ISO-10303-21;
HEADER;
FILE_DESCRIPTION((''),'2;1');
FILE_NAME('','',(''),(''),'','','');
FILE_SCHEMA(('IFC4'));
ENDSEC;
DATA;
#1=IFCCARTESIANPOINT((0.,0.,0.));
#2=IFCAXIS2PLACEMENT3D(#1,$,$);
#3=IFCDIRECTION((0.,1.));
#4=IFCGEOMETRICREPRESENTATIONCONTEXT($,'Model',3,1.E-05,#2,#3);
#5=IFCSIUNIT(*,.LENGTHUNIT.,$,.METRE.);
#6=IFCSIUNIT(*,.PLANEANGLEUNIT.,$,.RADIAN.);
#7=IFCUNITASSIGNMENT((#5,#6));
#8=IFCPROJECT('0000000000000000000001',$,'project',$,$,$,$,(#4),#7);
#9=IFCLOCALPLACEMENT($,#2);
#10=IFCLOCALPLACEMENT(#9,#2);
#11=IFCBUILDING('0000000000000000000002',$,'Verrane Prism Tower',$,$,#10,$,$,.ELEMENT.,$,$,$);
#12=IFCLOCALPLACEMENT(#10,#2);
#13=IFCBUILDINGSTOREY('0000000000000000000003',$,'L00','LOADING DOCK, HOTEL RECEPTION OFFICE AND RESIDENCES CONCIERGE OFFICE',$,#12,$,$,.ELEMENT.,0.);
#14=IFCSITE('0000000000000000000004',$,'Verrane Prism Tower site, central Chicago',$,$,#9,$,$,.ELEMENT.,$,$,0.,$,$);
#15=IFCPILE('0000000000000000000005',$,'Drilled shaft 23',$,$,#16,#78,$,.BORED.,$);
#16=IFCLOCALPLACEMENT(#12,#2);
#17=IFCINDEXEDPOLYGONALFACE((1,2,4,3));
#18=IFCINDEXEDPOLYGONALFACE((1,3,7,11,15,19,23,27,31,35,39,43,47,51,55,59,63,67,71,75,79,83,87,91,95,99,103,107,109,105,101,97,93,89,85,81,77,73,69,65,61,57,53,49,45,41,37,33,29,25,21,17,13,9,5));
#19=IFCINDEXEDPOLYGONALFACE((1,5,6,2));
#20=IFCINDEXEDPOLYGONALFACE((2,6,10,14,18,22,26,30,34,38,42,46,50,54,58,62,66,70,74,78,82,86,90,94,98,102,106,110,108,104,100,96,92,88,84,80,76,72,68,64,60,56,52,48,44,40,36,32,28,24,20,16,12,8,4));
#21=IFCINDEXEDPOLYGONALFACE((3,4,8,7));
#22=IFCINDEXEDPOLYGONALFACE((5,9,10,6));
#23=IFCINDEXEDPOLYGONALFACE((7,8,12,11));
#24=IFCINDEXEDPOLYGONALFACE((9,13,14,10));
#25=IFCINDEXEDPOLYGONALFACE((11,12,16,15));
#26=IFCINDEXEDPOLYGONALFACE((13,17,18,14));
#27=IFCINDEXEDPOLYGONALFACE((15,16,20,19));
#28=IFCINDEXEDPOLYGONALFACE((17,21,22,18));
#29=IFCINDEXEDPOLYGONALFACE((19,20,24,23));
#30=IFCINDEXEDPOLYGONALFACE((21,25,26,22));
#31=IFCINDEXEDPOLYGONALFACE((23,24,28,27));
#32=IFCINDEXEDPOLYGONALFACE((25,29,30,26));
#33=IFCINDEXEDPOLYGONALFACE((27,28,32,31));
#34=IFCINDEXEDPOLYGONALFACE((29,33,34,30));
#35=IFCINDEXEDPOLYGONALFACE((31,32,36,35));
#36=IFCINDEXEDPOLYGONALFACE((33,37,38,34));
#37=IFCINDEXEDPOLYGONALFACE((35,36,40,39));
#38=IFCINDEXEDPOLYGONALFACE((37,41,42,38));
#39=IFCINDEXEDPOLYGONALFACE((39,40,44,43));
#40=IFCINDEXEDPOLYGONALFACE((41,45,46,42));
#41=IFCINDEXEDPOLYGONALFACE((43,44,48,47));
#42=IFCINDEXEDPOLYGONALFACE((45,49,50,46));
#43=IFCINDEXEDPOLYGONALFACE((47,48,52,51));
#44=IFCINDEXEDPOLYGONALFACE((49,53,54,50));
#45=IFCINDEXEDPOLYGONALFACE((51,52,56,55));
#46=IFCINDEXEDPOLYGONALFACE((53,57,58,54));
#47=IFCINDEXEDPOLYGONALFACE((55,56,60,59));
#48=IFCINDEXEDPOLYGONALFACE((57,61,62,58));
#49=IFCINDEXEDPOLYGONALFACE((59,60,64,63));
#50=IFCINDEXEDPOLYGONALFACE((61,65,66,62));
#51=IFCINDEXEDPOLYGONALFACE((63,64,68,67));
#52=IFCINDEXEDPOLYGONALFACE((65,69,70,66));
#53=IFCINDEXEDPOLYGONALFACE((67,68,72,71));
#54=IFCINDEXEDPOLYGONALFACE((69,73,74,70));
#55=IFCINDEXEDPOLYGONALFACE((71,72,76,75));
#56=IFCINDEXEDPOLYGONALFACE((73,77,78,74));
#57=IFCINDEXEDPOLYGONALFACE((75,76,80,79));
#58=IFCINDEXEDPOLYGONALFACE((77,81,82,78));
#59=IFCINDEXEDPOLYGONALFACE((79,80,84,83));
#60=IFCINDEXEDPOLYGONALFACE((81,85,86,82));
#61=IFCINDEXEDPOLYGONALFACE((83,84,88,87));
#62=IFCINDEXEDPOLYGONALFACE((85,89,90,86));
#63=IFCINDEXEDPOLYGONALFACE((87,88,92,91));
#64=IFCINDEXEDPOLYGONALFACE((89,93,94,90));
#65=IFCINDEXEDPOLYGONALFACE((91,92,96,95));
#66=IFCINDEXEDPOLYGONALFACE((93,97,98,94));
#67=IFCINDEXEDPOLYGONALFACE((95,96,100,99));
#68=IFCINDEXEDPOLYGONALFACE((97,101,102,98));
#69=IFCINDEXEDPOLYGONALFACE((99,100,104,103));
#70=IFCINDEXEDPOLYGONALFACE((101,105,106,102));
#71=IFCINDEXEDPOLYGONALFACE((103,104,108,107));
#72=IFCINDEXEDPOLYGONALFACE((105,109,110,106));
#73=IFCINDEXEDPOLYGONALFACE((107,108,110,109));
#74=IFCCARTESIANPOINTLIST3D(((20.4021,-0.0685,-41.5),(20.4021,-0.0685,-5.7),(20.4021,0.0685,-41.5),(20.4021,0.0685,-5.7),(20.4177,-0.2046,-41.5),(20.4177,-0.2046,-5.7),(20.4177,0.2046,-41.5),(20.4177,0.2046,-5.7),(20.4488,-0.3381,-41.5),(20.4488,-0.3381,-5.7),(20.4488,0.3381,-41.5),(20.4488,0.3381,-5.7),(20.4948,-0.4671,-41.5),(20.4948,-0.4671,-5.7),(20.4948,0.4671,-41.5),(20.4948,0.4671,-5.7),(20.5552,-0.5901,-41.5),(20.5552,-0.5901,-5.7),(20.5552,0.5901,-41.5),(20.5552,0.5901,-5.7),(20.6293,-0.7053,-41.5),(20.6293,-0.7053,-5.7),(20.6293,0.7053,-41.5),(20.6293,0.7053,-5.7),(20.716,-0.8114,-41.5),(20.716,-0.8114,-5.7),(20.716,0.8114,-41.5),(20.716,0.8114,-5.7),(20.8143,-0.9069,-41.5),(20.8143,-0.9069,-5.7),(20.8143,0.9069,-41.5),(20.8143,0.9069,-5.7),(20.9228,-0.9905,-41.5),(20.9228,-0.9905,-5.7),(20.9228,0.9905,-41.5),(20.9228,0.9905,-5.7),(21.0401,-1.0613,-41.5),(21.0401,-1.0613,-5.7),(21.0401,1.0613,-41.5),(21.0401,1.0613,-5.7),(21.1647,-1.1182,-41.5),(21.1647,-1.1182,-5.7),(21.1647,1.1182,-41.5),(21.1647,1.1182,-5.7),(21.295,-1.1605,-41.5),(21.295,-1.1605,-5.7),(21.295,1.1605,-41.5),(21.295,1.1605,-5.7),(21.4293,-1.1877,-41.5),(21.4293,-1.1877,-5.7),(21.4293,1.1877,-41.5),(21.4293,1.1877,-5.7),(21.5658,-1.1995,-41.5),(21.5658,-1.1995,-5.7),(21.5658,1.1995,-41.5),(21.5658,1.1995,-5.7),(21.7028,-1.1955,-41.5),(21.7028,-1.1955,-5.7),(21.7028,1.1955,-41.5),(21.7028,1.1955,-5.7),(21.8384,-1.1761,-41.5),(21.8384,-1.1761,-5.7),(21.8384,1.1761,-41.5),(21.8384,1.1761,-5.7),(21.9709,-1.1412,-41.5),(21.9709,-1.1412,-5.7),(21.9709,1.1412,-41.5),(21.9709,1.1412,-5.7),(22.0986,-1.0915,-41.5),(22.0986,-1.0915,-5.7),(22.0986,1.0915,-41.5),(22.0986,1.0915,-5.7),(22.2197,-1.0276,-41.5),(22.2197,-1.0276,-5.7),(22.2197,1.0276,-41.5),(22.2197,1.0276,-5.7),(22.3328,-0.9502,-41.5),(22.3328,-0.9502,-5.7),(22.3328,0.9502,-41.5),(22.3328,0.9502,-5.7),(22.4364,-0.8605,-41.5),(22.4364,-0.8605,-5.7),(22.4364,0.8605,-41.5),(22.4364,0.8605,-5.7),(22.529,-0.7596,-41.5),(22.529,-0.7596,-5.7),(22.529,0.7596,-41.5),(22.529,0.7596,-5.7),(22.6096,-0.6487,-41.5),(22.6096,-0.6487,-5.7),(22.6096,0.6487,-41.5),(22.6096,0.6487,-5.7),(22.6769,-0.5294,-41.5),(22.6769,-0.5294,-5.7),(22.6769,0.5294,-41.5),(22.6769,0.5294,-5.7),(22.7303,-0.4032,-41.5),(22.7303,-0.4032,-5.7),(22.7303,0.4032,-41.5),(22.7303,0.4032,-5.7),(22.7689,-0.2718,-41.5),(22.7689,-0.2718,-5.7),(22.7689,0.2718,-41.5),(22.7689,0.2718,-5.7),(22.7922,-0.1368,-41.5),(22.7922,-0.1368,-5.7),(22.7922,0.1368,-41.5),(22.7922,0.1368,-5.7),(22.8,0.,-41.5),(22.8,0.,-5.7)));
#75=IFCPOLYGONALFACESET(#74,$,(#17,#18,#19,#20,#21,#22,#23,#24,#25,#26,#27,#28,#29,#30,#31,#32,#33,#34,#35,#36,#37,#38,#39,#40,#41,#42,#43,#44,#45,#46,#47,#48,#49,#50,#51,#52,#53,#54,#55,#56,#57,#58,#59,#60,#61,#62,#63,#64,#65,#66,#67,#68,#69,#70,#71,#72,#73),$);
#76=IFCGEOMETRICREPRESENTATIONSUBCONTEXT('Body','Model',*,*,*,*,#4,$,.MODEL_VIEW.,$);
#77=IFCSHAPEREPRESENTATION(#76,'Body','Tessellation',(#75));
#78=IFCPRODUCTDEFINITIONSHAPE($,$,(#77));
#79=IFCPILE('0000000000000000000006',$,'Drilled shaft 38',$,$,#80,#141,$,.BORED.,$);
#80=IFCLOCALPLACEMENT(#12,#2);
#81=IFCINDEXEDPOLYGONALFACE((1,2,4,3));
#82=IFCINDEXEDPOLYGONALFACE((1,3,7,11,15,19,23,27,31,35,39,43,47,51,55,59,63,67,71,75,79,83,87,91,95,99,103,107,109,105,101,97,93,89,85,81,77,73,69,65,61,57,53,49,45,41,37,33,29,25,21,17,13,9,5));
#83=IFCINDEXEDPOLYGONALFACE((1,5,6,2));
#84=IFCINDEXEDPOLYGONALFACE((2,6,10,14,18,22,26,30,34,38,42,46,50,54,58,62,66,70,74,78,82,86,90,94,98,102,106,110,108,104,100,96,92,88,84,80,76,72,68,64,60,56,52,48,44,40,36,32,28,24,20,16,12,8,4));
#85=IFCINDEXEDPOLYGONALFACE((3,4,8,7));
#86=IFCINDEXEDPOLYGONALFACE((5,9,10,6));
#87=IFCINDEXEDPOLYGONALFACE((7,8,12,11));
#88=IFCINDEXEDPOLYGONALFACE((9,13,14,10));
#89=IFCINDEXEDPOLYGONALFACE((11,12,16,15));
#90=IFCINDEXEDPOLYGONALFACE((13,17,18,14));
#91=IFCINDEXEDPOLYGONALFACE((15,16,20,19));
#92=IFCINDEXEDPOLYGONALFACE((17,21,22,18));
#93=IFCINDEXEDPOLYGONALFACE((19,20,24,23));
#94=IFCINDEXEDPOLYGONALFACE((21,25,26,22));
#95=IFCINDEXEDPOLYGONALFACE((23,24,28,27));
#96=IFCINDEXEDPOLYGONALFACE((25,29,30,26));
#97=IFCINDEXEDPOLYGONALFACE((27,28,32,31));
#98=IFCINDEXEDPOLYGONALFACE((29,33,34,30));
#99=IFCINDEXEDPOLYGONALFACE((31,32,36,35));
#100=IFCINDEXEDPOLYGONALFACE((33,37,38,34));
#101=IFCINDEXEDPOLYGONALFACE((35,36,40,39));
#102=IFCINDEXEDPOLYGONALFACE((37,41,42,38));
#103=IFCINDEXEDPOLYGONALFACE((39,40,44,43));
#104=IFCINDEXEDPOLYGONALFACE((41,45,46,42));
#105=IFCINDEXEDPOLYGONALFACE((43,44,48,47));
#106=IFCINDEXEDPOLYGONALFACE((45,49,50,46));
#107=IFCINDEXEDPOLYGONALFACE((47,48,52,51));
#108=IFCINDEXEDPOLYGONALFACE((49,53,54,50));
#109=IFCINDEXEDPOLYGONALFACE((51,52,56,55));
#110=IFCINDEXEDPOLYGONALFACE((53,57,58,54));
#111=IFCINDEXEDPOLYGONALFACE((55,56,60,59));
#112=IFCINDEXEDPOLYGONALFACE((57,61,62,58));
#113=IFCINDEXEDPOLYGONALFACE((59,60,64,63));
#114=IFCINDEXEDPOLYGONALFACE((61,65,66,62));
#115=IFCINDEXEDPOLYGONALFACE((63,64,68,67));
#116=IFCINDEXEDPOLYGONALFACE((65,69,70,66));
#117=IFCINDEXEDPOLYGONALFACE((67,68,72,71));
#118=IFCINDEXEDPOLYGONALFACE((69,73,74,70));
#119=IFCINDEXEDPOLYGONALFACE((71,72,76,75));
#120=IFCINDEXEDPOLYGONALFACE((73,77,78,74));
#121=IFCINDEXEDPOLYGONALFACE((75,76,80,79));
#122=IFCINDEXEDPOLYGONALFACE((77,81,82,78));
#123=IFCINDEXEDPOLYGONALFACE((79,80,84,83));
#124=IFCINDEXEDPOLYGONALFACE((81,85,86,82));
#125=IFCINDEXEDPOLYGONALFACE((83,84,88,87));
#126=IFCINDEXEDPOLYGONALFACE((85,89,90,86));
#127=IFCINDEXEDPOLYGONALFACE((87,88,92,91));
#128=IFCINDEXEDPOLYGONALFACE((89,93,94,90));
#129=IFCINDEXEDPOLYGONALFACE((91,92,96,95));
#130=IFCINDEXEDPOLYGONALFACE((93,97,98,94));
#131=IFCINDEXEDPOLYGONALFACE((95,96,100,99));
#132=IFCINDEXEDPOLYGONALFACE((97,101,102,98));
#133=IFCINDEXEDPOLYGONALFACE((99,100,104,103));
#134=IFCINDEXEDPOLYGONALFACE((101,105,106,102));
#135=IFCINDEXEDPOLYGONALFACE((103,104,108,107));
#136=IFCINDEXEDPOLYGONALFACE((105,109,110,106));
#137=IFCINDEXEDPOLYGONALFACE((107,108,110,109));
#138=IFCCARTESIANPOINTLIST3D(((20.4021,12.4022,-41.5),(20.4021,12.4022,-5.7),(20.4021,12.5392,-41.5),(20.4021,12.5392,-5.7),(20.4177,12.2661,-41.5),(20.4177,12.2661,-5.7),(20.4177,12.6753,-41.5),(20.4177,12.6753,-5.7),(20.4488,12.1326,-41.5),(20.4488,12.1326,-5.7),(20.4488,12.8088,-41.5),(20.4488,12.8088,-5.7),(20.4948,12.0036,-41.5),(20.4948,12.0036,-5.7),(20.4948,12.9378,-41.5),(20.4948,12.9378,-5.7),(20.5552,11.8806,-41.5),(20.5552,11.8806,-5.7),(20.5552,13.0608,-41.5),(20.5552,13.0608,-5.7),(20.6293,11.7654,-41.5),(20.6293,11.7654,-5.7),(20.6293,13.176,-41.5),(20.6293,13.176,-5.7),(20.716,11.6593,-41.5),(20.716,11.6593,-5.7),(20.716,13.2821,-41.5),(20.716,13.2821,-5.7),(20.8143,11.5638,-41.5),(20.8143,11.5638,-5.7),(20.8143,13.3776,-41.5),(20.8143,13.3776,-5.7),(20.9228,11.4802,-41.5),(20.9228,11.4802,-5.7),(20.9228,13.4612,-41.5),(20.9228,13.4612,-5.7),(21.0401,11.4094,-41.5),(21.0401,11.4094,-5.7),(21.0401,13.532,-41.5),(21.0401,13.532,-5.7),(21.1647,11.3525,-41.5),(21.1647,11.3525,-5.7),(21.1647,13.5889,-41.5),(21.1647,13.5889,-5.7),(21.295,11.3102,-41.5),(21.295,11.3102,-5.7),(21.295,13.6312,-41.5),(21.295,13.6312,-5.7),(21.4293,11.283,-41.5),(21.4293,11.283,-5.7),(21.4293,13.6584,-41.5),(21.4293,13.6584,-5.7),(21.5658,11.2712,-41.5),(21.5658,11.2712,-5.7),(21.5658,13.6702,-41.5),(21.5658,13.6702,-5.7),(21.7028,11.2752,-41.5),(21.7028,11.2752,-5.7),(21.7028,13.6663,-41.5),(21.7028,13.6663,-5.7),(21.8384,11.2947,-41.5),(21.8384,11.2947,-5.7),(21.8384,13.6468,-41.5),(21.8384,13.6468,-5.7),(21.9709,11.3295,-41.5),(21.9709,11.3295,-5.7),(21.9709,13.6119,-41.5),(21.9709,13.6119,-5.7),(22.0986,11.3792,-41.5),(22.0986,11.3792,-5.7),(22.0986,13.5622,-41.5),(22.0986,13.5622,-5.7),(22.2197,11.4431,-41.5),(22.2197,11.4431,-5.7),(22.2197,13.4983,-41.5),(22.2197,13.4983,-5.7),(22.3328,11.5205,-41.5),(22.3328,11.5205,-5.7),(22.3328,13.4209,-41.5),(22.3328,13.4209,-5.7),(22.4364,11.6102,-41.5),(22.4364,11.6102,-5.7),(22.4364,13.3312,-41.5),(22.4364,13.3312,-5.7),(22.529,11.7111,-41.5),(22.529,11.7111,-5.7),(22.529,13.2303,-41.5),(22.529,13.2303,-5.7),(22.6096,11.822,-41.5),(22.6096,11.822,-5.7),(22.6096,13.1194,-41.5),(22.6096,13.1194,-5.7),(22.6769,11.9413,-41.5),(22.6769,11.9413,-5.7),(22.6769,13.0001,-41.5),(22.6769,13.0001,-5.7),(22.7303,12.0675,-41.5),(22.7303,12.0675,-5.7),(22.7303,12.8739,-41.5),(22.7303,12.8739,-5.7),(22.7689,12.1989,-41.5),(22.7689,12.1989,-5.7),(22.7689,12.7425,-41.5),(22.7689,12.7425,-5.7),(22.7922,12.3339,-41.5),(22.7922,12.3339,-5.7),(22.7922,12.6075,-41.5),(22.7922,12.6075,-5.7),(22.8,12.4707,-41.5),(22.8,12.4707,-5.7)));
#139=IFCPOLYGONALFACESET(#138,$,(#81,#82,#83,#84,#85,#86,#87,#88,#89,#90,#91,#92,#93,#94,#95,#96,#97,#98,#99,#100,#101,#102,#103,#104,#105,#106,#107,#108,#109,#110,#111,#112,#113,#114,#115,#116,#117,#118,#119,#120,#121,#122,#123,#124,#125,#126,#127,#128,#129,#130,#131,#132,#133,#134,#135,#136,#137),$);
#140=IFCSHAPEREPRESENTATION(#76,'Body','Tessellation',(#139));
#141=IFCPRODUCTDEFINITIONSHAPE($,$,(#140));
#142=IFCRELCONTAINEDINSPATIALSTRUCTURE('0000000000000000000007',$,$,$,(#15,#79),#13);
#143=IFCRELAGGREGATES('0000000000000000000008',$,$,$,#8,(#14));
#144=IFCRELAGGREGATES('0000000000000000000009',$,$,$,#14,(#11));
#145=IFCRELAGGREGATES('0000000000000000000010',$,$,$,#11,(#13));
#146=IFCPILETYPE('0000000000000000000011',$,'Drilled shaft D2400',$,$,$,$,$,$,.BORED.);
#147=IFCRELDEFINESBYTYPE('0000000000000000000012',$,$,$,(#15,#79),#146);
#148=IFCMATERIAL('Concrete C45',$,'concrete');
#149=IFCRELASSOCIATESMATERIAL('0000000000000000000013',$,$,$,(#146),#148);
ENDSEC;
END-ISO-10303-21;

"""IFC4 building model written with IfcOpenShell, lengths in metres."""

from ifc_helpers import new_model, si_unit, direction, frame, origin, origin_2d, place, context, subcontext, project, spatial, circle, extrude, material, type_object, element, save


model = new_model("IFC4")

# Units and contexts
model_context = context("Model", 3, precision=1e-05, world=origin(), true_north=direction((0.0, 1.0)))
body_context = subcontext(model_context, "Body", "Model", "MODEL_VIEW")
ifc_project = project(units=[si_unit("LENGTHUNIT", "METRE"), si_unit("PLANEANGLEUNIT", "RADIAN")], contexts=[model_context])

# Site, building, storey
site_placement = place(None, origin())
site = spatial("IfcSite", under=ifc_project, at=site_placement, Name="Verrane Prism Tower site, central Chicago", CompositionType="ELEMENT", RefElevation=0.0)
building_placement = place(site_placement, origin())
building = spatial("IfcBuilding", under=site, at=building_placement, Name="Verrane Prism Tower", CompositionType="ELEMENT")
storey_placement = place(building_placement, origin())
storey = spatial("IfcBuildingStorey", under=building, at=storey_placement, Name="L00", Description="LOADING DOCK, HOTEL RECEPTION OFFICE AND RESIDENCES CONCIERGE OFFICE", CompositionType="ELEMENT", Elevation=0.0)

# Piles
ifc_material_1 = material(Name="Concrete C45", Category="concrete")
pile_type_1 = type_object("IfcPileType", Name="Drilled shaft D2400", PredefinedType="BORED", material=ifc_material_1)
for number, where, z_axis, x_axis, name in (
    (1, (21.6001, 0.0, -5.7), (0.0, 0.0, -1.0), (1.0, 0.0, 0.0), "Drilled shaft 23"),
    (2, (21.6001, 12.4707, -5.7), (0.0, 0.0, -1.0), (1.0, 0.0, 0.0), "Drilled shaft 38"),
):
    element("IfcPile", number, at=place(storey_placement, frame(where, z_axis=z_axis, x_axis=x_axis)), inside=storey, type_object=pile_type_1, Name=name, PredefinedType="BORED", context=body_context, shape_type="SweptSolid", body=[
        extrude(circle(Radius=1.2, at=origin_2d()), origin(), (0.0, 0.0, 1.0), 35.8),
    ])

save(model, "model.ifc")
